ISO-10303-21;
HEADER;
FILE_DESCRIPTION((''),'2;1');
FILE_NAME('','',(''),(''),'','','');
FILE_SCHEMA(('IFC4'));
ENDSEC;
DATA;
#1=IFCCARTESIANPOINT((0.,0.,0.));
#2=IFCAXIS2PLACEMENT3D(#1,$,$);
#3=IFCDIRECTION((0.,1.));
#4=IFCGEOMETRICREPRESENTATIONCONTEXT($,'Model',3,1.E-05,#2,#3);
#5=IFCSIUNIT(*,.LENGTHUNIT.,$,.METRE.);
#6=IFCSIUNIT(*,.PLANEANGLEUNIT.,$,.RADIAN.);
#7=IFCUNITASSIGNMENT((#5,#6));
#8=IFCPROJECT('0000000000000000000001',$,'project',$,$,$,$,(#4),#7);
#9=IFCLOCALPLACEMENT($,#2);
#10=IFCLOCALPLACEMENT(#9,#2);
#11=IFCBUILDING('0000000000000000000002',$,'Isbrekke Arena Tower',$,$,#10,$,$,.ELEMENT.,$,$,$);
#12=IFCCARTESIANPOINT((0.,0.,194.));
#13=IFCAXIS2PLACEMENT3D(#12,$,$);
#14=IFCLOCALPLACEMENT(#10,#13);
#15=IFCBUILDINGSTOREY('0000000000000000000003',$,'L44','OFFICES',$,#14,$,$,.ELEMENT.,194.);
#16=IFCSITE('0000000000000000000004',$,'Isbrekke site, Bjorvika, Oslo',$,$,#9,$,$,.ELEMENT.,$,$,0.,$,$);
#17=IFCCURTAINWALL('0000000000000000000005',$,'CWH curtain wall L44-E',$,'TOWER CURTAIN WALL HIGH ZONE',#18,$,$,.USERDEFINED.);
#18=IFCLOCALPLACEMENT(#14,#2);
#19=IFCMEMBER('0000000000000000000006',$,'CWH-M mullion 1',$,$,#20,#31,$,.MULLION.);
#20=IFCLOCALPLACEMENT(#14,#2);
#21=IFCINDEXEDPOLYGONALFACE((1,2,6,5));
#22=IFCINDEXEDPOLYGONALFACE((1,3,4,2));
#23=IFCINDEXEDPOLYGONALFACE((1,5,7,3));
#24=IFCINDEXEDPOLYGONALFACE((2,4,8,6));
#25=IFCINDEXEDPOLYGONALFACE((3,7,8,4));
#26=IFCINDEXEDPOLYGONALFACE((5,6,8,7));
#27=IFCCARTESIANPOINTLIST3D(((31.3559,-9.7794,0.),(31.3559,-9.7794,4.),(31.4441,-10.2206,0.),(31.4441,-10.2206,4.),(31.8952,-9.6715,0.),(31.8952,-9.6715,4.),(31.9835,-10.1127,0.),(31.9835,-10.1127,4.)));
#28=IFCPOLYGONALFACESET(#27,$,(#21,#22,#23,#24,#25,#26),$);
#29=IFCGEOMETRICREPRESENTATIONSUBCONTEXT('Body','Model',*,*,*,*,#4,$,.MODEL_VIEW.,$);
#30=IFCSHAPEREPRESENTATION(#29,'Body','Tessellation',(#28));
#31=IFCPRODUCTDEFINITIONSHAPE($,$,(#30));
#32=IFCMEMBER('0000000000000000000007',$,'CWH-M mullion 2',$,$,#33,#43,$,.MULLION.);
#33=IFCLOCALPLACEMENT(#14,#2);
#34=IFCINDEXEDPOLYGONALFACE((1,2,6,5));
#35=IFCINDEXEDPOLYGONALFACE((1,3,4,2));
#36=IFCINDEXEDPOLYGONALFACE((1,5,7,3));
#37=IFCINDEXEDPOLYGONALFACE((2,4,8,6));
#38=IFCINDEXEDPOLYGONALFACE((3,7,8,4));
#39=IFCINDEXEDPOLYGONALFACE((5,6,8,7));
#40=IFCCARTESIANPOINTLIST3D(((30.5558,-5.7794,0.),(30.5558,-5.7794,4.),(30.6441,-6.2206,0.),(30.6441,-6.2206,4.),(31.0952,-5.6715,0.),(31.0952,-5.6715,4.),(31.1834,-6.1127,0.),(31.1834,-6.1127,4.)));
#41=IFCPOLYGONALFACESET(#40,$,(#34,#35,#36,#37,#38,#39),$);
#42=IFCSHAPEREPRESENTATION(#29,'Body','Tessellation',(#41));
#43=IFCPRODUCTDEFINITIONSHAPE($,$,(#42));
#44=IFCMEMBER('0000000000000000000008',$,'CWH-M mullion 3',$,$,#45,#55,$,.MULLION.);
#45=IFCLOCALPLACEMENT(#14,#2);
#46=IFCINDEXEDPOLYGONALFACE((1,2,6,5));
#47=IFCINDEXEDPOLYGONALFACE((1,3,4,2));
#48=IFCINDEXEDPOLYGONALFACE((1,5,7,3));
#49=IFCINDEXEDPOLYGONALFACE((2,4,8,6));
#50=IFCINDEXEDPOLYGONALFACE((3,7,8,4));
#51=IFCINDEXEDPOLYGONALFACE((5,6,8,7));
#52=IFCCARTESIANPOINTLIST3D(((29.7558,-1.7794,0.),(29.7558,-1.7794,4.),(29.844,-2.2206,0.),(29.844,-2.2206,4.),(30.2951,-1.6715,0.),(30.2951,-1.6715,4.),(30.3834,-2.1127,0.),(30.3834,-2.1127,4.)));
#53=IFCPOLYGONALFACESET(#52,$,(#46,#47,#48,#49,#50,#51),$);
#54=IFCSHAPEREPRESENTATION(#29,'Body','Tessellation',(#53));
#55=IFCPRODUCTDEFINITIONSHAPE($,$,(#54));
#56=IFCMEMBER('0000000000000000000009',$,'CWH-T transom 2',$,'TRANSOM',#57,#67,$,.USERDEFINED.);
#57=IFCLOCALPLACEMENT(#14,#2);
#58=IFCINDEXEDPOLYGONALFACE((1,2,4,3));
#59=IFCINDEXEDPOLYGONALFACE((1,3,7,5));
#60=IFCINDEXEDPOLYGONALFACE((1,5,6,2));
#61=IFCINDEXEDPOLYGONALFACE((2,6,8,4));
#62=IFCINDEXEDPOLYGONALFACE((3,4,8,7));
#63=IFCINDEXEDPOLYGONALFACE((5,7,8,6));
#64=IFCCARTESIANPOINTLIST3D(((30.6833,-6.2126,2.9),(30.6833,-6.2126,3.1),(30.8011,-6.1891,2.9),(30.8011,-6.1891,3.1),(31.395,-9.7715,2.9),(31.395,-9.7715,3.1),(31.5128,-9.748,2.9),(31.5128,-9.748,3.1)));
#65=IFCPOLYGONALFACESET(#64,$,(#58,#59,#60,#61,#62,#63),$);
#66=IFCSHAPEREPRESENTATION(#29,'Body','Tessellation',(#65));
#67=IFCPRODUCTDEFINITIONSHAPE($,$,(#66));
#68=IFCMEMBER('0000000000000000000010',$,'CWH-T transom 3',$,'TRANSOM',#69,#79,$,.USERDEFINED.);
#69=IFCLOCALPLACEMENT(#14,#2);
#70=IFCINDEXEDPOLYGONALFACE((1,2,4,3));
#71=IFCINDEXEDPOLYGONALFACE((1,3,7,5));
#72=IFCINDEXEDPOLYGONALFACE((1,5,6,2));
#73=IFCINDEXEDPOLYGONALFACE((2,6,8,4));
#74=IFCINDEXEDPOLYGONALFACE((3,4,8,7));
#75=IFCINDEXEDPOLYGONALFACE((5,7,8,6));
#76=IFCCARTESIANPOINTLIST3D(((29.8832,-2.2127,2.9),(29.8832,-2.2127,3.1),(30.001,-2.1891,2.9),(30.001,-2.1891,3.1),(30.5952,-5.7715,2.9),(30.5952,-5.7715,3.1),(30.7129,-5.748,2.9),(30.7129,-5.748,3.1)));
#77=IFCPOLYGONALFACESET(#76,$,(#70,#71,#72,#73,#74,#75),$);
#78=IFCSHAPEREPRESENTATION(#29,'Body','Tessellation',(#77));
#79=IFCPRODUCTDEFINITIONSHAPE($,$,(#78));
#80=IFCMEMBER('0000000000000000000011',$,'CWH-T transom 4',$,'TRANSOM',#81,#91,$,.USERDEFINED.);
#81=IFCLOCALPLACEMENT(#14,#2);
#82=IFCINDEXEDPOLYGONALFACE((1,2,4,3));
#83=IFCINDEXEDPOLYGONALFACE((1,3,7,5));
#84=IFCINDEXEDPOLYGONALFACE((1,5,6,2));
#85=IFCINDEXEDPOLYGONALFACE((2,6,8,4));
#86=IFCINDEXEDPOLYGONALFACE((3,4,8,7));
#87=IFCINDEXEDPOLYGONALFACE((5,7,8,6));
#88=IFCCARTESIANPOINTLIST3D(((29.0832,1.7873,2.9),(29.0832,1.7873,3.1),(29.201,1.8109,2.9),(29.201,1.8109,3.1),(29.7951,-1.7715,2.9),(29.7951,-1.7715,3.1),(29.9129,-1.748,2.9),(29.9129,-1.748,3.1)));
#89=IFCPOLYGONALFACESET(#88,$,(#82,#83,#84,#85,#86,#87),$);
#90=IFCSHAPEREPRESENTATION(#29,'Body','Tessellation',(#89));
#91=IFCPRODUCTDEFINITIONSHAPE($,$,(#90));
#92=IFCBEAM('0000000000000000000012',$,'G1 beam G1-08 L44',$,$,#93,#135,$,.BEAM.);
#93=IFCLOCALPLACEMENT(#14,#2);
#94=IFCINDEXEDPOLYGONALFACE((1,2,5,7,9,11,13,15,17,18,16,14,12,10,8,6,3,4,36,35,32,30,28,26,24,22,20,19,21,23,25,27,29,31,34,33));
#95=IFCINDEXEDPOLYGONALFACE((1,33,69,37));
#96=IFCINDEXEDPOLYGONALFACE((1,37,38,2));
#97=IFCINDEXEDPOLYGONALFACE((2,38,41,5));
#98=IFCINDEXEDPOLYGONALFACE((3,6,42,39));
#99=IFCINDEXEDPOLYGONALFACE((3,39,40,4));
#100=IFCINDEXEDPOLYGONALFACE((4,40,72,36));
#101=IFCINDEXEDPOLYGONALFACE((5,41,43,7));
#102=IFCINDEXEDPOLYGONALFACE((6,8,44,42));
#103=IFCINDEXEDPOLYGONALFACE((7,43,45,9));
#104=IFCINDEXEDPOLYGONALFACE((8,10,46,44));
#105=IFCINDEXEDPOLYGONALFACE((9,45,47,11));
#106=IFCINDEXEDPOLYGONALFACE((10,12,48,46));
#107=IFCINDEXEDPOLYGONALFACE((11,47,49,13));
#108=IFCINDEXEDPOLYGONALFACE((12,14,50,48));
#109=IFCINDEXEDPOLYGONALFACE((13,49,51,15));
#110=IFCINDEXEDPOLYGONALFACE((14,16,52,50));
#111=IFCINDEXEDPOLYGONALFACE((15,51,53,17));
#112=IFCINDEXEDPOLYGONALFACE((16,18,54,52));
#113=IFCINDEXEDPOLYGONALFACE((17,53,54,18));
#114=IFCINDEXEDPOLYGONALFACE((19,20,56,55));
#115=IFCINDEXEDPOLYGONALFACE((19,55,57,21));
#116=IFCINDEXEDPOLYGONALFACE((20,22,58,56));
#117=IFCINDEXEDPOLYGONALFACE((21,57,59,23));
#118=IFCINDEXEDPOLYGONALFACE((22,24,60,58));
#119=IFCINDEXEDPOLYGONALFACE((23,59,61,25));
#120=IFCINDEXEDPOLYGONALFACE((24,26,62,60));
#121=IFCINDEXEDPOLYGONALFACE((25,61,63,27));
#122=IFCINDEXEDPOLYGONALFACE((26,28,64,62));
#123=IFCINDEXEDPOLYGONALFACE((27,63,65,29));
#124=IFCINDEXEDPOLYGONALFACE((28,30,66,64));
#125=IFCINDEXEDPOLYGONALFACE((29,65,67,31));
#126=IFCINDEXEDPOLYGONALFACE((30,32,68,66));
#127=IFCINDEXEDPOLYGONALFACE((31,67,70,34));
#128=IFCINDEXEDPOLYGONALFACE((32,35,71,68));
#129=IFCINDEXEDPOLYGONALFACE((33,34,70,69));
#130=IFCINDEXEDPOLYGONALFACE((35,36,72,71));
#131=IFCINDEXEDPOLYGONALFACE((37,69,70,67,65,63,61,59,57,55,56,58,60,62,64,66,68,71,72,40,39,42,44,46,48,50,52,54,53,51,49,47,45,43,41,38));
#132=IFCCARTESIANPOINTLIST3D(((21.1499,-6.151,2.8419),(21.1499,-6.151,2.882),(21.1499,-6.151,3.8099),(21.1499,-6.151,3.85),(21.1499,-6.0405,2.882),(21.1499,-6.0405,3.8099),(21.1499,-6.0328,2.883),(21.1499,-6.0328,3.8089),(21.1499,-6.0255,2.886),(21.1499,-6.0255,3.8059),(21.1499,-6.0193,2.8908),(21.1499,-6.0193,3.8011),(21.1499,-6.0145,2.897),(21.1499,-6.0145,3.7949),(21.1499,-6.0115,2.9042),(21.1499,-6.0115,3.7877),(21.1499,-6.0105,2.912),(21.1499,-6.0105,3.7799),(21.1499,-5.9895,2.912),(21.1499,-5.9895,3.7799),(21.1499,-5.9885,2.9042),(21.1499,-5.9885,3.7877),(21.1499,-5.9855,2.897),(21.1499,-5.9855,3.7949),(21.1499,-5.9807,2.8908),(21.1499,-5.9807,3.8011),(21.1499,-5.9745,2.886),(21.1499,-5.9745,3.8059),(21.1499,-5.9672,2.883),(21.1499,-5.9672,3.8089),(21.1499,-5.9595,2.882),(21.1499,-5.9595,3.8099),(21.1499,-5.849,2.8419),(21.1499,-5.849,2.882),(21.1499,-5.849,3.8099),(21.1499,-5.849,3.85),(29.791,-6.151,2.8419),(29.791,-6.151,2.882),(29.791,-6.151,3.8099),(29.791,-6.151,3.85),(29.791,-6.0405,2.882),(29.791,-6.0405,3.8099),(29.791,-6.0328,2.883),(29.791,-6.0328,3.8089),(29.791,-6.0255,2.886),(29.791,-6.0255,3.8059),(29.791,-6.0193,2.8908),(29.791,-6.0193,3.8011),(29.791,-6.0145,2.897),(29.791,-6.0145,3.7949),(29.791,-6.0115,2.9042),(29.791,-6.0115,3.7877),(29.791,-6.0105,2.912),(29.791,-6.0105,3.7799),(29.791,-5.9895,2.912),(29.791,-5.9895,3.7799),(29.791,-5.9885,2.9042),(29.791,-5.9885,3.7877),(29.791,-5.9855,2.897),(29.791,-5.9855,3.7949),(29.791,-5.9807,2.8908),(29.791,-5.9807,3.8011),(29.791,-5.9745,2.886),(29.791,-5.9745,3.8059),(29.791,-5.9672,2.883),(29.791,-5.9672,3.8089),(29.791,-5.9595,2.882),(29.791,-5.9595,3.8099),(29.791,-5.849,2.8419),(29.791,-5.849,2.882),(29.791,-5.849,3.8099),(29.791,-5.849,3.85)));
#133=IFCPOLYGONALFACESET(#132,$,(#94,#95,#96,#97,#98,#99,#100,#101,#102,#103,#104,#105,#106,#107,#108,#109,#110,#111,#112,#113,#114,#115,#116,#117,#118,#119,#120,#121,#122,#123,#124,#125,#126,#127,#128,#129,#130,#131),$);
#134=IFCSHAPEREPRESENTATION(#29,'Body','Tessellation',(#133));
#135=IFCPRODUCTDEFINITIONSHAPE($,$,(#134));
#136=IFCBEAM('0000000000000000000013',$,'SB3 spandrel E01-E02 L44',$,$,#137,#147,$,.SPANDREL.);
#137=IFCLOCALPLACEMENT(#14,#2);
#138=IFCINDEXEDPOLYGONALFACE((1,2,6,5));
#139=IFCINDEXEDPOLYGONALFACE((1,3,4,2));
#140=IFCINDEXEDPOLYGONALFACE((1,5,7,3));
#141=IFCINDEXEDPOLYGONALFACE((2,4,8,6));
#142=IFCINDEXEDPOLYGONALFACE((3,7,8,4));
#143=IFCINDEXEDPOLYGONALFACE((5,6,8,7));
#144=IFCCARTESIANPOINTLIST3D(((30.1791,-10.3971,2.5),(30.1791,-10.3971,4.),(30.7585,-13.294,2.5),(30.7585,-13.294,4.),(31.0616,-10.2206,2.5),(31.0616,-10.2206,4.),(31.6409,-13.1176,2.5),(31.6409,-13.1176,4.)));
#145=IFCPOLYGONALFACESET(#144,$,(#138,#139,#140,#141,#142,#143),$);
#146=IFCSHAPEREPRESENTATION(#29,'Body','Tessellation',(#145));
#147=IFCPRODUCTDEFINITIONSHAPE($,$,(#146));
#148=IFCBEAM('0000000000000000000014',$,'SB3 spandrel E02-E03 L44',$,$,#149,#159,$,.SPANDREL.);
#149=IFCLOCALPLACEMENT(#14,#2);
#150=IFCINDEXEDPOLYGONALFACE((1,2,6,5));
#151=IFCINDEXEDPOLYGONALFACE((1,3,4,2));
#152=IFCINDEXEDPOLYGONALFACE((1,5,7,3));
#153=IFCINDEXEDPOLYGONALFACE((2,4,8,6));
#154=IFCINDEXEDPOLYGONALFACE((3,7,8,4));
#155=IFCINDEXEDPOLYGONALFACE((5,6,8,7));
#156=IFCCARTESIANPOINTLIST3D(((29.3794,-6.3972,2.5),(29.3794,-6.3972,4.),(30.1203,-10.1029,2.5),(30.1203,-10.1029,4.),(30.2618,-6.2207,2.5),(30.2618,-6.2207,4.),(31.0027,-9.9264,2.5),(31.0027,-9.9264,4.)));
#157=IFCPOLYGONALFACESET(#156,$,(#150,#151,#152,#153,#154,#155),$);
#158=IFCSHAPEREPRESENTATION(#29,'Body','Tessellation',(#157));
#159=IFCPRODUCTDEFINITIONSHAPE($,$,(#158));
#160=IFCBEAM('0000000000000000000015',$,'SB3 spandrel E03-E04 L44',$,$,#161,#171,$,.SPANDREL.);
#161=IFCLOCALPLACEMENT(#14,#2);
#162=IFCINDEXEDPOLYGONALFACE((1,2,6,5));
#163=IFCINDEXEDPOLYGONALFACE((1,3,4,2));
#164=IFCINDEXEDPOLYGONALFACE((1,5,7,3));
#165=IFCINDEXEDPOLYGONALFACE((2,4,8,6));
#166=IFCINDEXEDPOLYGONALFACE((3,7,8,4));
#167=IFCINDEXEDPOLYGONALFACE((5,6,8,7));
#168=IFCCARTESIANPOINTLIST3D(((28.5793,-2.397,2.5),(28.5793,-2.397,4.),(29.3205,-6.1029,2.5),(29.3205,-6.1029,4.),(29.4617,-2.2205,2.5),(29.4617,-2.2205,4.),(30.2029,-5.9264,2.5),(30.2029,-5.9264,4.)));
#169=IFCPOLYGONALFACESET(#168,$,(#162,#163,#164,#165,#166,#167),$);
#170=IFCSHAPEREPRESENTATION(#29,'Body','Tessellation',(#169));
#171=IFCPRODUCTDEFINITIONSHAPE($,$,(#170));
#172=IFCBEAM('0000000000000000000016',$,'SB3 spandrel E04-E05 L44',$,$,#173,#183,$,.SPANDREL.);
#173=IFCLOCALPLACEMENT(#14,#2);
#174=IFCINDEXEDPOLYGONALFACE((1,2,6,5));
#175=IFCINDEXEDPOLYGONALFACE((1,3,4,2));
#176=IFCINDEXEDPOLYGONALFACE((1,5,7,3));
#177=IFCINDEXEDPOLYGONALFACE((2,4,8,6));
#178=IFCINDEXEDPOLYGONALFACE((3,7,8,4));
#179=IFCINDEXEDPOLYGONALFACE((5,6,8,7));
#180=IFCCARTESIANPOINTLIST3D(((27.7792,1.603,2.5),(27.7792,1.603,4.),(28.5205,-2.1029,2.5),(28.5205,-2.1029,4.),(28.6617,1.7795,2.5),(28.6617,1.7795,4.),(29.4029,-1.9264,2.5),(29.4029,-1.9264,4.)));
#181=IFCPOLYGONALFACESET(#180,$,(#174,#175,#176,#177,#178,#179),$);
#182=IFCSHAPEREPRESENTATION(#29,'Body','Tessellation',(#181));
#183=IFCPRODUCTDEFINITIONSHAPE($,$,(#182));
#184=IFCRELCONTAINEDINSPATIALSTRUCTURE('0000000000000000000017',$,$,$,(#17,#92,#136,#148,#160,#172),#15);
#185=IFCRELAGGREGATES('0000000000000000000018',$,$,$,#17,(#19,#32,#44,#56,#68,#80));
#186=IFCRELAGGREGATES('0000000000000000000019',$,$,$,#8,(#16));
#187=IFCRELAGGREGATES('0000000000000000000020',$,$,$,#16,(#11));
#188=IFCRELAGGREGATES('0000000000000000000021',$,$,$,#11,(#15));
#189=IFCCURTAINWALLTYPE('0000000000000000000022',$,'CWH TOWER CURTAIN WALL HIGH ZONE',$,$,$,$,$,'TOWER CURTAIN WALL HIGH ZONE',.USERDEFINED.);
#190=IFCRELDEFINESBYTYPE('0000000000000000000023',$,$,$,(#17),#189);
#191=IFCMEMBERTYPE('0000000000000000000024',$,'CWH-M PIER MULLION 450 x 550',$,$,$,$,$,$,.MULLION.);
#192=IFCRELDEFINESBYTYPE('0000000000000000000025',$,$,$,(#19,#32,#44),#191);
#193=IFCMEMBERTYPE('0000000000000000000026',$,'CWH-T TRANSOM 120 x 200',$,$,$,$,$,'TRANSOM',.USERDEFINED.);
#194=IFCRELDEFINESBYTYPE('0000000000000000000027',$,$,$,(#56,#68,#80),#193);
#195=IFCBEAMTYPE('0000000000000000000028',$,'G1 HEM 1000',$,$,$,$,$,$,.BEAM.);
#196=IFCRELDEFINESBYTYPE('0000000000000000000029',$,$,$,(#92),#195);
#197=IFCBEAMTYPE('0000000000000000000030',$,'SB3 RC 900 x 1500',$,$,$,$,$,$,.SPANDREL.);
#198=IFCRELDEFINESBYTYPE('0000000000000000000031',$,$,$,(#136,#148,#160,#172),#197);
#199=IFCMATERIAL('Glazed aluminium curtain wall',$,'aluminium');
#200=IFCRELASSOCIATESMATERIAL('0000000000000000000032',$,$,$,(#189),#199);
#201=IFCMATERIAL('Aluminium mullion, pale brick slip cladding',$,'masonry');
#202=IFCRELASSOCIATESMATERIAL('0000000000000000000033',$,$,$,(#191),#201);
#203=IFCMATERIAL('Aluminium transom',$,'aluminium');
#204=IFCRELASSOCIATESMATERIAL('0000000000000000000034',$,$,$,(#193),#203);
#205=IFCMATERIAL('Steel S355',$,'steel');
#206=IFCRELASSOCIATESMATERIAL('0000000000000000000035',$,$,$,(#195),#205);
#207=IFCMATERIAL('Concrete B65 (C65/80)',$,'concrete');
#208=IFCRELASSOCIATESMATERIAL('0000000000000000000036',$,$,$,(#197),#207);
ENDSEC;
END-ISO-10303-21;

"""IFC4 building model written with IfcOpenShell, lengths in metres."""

from ifc_helpers import new_model, si_unit, direction, frame, origin, origin_2d, place, context, subcontext, project, spatial, rectangle, i_section, extrude, material, material_profile, profile_set, type_object, element, aggregate, save


model = new_model("IFC4")

# Units and contexts
model_context = context("Model", 3, precision=1e-05, world=origin(), true_north=direction((0.0, 1.0)))
body_context = subcontext(model_context, "Body", "Model", "MODEL_VIEW")
ifc_project = project(units=[si_unit("LENGTHUNIT", "METRE"), si_unit("PLANEANGLEUNIT", "RADIAN")], contexts=[model_context])

# Site, building, storey
site_placement = place(None, origin())
site = spatial("IfcSite", under=ifc_project, at=site_placement, Name="Isbrekke site, Bjorvika, Oslo", CompositionType="ELEMENT", RefElevation=0.0)
building_placement = place(site_placement, origin())
building = spatial("IfcBuilding", under=site, at=building_placement, Name="Isbrekke Arena Tower", CompositionType="ELEMENT")
storey_placement = place(building_placement, frame((0.0, 0.0, 194.0)))
storey = spatial("IfcBuildingStorey", under=building, at=storey_placement, Name="L44", Description="OFFICES", CompositionType="ELEMENT", Elevation=194.0)

# Curtain wall, members
ifc_material_1 = material(Name="Glazed aluminium curtain wall", Category="aluminium")
curtain_wall_type = type_object("IfcCurtainWallType", Name="CWH TOWER CURTAIN WALL HIGH ZONE", ElementType="TOWER CURTAIN WALL HIGH ZONE", PredefinedType="USERDEFINED", material=ifc_material_1)
curtain_wall_placement = place(storey_placement, origin())
curtain_wall = element("IfcCurtainWall", 1, at=curtain_wall_placement, inside=storey, type_object=curtain_wall_type, Name="CWH curtain wall L44-E", ObjectType="TOWER CURTAIN WALL HIGH ZONE", PredefinedType="USERDEFINED")
ifc_material_2 = material(Name="Aluminium mullion, pale brick slip cladding", Category="masonry")
ifc_material_profile_1 = material_profile(ifc_material_2, rectangle(XDim=0.45, YDim=0.55, at=origin_2d()), Name="PIER 450X550")
ifc_profile_set_1 = profile_set([ifc_material_profile_1], Name="Aluminium mullion, pale brick slip cladding")
member_type_1 = type_object("IfcMemberType", Name="CWH-M PIER MULLION 450 x 550", PredefinedType="MULLION", material=ifc_profile_set_1)
member_1_placement = place(storey_placement, frame((31.6697, -9.946, 0.0), z_axis=(0.0, 0.0, 1.0), x_axis=(-0.196116, 0.980581, 0.0)))
member_1 = element("IfcMember", 2, at=member_1_placement, type_object=member_type_1, Name="CWH-M mullion 1", PredefinedType="MULLION", context=body_context, shape_type="SweptSolid", body=[
    extrude(rectangle(XDim=0.45, YDim=0.55, at=origin_2d()), origin(), (0.0, 0.0, 1.0), 4.0),
])
member_2_placement = place(storey_placement, frame((30.8696, -5.946, 0.0), z_axis=(0.0, 0.0, 1.0), x_axis=(-0.196116, 0.980581, 0.0)))
member_2 = element("IfcMember", 3, at=member_2_placement, type_object=member_type_1, Name="CWH-M mullion 2", PredefinedType="MULLION", context=body_context, shape_type="SweptSolid", body=[
    extrude(rectangle(XDim=0.45, YDim=0.55, at=origin_2d()), origin(), (0.0, 0.0, 1.0), 4.0),
])
member_3_placement = place(storey_placement, frame((30.0696, -1.946, 0.0), z_axis=(0.0, 0.0, 1.0), x_axis=(-0.196116, 0.980581, 0.0)))
member_3 = element("IfcMember", 4, at=member_3_placement, type_object=member_type_1, Name="CWH-M mullion 3", PredefinedType="MULLION", context=body_context, shape_type="SweptSolid", body=[
    extrude(rectangle(XDim=0.45, YDim=0.55, at=origin_2d()), origin(), (0.0, 0.0, 1.0), 4.0),
])
ifc_material_3 = material(Name="Aluminium transom", Category="aluminium")
ifc_material_profile_2 = material_profile(ifc_material_3, rectangle(XDim=0.1201, YDim=0.2, at=origin_2d()), Name="TRANSOM 120X200")
ifc_profile_set_2 = profile_set([ifc_material_profile_2], Name="Aluminium transom")
member_type_2 = type_object("IfcMemberType", Name="CWH-T TRANSOM 120 x 200", ElementType="TRANSOM", PredefinedType="USERDEFINED", material=ifc_profile_set_2)
member_4_placement = place(storey_placement, frame((31.4539, -9.7598, 3.0), z_axis=(-0.19609, 0.980586, 0.0), x_axis=(-0.980586, -0.19609, 0.0)))
member_4 = element("IfcMember", 5, at=member_4_placement, type_object=member_type_2, Name="CWH-T transom 2", ObjectType="TRANSOM", PredefinedType="USERDEFINED", context=body_context, shape_type="SweptSolid", body=[
    extrude(rectangle(XDim=0.1201, YDim=0.2, at=origin_2d()), origin(), (0.0, 0.0, 1.0), 3.6294),
])
member_5_placement = place(storey_placement, frame((30.6541, -5.7598, 3.0), z_axis=(-0.196155, 0.980573, 0.0), x_axis=(-0.980573, -0.196155, 0.0)))
member_5 = element("IfcMember", 6, at=member_5_placement, type_object=member_type_2, Name="CWH-T transom 3", ObjectType="TRANSOM", PredefinedType="USERDEFINED", context=body_context, shape_type="SweptSolid", body=[
    extrude(rectangle(XDim=0.1201, YDim=0.2, at=origin_2d()), origin(), (0.0, 0.0, 1.0), 3.6294),
])
member_6_placement = place(storey_placement, frame((29.854, -1.7598, 3.0), z_axis=(-0.196155, 0.980573, 0.0), x_axis=(-0.980573, -0.196155, 0.0)))
member_6 = element("IfcMember", 7, at=member_6_placement, type_object=member_type_2, Name="CWH-T transom 4", ObjectType="TRANSOM", PredefinedType="USERDEFINED", context=body_context, shape_type="SweptSolid", body=[
    extrude(rectangle(XDim=0.1201, YDim=0.2, at=origin_2d()), origin(), (0.0, 0.0, 1.0), 3.6294),
])

# Beams
ifc_material_4 = material(Name="Steel S355", Category="steel")
ifc_material_profile_3 = material_profile(ifc_material_4, i_section(OverallWidth=0.302, OverallDepth=1.0081, WebThickness=0.021, FlangeThickness=0.04, FilletRadius=0.03, at=origin_2d()), Name="HEM 1000")
ifc_profile_set_3 = profile_set([ifc_material_profile_3], Name="Steel S355")
beam_type_1 = type_object("IfcBeamType", Name="G1 HEM 1000", PredefinedType="BEAM", material=ifc_profile_set_3)
beam_1_placement = place(storey_placement, frame((21.1499, -6.0, 3.3459), z_axis=(1.0, 0.0, 0.0), x_axis=(0.0, 1.0, 0.0)))
element("IfcBeam", 8, at=beam_1_placement, inside=storey, type_object=beam_type_1, Name="G1 beam G1-08 L44", PredefinedType="BEAM", context=body_context, shape_type="SweptSolid", body=[
    extrude(i_section(OverallWidth=0.302, OverallDepth=1.0081, WebThickness=0.021, FlangeThickness=0.04, FilletRadius=0.03, at=origin_2d()), origin(), (0.0, 0.0, 1.0), 8.6411),
])
ifc_material_5 = material(Name="Concrete B65 (C65/80)", Category="concrete")
ifc_material_profile_4 = material_profile(ifc_material_5, rectangle(XDim=0.8999, YDim=1.5, at=origin_2d()), Name="RC 900x1500")
ifc_profile_set_4 = profile_set([ifc_material_profile_4], Name="Concrete B65 (C65/80)")
beam_type_2 = type_object("IfcBeamType", Name="SB3 RC 900 x 1500", PredefinedType="SPANDREL", material=ifc_profile_set_4)
beam_2_placement = place(storey_placement, frame((31.1997, -13.2058, 3.25), z_axis=(-0.1961, 0.980584, 0.0), x_axis=(-0.980584, -0.1961, 0.0)))
element("IfcBeam", 9, at=beam_2_placement, inside=storey, type_object=beam_type_2, Name="SB3 spandrel E01-E02 L44", PredefinedType="SPANDREL", context=body_context, shape_type="SweptSolid", body=[
    extrude(rectangle(XDim=0.8999, YDim=1.5, at=origin_2d()), origin(), (0.0, 0.0, 1.0), 2.9543),
])
beam_3_placement = place(storey_placement, frame((30.5615, -10.0146, 3.25), z_axis=(-0.196066, 0.980591, 0.0), x_axis=(-0.980591, -0.196066, 0.0)))
element("IfcBeam", 10, at=beam_3_placement, inside=storey, type_object=beam_type_2, Name="SB3 spandrel E02-E03 L44", PredefinedType="SPANDREL", context=body_context, shape_type="SweptSolid", body=[
    extrude(rectangle(XDim=0.8999, YDim=1.5, at=origin_2d()), origin(), (0.0, 0.0, 1.0), 3.7791),
])
for number, where, z_axis, x_axis, name in (
    (11, (29.7617, -6.0146, 3.25), (-0.196129, 0.980578, 0.0), (-0.980578, -0.196129, 0.0), "SB3 spandrel E03-E04 L44"),
    (12, (28.9617, -2.0146, 3.25), (-0.196129, 0.980578, 0.0), (-0.980578, -0.196129, 0.0), "SB3 spandrel E04-E05 L44"),
):
    element("IfcBeam", number, at=place(storey_placement, frame(where, z_axis=z_axis, x_axis=x_axis)), inside=storey, type_object=beam_type_2, Name=name, PredefinedType="SPANDREL", context=body_context, shape_type="SweptSolid", body=[
        extrude(rectangle(XDim=0.8999, YDim=1.5, at=origin_2d()), origin(), (0.0, 0.0, 1.0), 3.7793),
    ])

aggregate(curtain_wall, [member_1, member_2, member_3, member_4, member_5, member_6])

save(model, "model.ifc")
